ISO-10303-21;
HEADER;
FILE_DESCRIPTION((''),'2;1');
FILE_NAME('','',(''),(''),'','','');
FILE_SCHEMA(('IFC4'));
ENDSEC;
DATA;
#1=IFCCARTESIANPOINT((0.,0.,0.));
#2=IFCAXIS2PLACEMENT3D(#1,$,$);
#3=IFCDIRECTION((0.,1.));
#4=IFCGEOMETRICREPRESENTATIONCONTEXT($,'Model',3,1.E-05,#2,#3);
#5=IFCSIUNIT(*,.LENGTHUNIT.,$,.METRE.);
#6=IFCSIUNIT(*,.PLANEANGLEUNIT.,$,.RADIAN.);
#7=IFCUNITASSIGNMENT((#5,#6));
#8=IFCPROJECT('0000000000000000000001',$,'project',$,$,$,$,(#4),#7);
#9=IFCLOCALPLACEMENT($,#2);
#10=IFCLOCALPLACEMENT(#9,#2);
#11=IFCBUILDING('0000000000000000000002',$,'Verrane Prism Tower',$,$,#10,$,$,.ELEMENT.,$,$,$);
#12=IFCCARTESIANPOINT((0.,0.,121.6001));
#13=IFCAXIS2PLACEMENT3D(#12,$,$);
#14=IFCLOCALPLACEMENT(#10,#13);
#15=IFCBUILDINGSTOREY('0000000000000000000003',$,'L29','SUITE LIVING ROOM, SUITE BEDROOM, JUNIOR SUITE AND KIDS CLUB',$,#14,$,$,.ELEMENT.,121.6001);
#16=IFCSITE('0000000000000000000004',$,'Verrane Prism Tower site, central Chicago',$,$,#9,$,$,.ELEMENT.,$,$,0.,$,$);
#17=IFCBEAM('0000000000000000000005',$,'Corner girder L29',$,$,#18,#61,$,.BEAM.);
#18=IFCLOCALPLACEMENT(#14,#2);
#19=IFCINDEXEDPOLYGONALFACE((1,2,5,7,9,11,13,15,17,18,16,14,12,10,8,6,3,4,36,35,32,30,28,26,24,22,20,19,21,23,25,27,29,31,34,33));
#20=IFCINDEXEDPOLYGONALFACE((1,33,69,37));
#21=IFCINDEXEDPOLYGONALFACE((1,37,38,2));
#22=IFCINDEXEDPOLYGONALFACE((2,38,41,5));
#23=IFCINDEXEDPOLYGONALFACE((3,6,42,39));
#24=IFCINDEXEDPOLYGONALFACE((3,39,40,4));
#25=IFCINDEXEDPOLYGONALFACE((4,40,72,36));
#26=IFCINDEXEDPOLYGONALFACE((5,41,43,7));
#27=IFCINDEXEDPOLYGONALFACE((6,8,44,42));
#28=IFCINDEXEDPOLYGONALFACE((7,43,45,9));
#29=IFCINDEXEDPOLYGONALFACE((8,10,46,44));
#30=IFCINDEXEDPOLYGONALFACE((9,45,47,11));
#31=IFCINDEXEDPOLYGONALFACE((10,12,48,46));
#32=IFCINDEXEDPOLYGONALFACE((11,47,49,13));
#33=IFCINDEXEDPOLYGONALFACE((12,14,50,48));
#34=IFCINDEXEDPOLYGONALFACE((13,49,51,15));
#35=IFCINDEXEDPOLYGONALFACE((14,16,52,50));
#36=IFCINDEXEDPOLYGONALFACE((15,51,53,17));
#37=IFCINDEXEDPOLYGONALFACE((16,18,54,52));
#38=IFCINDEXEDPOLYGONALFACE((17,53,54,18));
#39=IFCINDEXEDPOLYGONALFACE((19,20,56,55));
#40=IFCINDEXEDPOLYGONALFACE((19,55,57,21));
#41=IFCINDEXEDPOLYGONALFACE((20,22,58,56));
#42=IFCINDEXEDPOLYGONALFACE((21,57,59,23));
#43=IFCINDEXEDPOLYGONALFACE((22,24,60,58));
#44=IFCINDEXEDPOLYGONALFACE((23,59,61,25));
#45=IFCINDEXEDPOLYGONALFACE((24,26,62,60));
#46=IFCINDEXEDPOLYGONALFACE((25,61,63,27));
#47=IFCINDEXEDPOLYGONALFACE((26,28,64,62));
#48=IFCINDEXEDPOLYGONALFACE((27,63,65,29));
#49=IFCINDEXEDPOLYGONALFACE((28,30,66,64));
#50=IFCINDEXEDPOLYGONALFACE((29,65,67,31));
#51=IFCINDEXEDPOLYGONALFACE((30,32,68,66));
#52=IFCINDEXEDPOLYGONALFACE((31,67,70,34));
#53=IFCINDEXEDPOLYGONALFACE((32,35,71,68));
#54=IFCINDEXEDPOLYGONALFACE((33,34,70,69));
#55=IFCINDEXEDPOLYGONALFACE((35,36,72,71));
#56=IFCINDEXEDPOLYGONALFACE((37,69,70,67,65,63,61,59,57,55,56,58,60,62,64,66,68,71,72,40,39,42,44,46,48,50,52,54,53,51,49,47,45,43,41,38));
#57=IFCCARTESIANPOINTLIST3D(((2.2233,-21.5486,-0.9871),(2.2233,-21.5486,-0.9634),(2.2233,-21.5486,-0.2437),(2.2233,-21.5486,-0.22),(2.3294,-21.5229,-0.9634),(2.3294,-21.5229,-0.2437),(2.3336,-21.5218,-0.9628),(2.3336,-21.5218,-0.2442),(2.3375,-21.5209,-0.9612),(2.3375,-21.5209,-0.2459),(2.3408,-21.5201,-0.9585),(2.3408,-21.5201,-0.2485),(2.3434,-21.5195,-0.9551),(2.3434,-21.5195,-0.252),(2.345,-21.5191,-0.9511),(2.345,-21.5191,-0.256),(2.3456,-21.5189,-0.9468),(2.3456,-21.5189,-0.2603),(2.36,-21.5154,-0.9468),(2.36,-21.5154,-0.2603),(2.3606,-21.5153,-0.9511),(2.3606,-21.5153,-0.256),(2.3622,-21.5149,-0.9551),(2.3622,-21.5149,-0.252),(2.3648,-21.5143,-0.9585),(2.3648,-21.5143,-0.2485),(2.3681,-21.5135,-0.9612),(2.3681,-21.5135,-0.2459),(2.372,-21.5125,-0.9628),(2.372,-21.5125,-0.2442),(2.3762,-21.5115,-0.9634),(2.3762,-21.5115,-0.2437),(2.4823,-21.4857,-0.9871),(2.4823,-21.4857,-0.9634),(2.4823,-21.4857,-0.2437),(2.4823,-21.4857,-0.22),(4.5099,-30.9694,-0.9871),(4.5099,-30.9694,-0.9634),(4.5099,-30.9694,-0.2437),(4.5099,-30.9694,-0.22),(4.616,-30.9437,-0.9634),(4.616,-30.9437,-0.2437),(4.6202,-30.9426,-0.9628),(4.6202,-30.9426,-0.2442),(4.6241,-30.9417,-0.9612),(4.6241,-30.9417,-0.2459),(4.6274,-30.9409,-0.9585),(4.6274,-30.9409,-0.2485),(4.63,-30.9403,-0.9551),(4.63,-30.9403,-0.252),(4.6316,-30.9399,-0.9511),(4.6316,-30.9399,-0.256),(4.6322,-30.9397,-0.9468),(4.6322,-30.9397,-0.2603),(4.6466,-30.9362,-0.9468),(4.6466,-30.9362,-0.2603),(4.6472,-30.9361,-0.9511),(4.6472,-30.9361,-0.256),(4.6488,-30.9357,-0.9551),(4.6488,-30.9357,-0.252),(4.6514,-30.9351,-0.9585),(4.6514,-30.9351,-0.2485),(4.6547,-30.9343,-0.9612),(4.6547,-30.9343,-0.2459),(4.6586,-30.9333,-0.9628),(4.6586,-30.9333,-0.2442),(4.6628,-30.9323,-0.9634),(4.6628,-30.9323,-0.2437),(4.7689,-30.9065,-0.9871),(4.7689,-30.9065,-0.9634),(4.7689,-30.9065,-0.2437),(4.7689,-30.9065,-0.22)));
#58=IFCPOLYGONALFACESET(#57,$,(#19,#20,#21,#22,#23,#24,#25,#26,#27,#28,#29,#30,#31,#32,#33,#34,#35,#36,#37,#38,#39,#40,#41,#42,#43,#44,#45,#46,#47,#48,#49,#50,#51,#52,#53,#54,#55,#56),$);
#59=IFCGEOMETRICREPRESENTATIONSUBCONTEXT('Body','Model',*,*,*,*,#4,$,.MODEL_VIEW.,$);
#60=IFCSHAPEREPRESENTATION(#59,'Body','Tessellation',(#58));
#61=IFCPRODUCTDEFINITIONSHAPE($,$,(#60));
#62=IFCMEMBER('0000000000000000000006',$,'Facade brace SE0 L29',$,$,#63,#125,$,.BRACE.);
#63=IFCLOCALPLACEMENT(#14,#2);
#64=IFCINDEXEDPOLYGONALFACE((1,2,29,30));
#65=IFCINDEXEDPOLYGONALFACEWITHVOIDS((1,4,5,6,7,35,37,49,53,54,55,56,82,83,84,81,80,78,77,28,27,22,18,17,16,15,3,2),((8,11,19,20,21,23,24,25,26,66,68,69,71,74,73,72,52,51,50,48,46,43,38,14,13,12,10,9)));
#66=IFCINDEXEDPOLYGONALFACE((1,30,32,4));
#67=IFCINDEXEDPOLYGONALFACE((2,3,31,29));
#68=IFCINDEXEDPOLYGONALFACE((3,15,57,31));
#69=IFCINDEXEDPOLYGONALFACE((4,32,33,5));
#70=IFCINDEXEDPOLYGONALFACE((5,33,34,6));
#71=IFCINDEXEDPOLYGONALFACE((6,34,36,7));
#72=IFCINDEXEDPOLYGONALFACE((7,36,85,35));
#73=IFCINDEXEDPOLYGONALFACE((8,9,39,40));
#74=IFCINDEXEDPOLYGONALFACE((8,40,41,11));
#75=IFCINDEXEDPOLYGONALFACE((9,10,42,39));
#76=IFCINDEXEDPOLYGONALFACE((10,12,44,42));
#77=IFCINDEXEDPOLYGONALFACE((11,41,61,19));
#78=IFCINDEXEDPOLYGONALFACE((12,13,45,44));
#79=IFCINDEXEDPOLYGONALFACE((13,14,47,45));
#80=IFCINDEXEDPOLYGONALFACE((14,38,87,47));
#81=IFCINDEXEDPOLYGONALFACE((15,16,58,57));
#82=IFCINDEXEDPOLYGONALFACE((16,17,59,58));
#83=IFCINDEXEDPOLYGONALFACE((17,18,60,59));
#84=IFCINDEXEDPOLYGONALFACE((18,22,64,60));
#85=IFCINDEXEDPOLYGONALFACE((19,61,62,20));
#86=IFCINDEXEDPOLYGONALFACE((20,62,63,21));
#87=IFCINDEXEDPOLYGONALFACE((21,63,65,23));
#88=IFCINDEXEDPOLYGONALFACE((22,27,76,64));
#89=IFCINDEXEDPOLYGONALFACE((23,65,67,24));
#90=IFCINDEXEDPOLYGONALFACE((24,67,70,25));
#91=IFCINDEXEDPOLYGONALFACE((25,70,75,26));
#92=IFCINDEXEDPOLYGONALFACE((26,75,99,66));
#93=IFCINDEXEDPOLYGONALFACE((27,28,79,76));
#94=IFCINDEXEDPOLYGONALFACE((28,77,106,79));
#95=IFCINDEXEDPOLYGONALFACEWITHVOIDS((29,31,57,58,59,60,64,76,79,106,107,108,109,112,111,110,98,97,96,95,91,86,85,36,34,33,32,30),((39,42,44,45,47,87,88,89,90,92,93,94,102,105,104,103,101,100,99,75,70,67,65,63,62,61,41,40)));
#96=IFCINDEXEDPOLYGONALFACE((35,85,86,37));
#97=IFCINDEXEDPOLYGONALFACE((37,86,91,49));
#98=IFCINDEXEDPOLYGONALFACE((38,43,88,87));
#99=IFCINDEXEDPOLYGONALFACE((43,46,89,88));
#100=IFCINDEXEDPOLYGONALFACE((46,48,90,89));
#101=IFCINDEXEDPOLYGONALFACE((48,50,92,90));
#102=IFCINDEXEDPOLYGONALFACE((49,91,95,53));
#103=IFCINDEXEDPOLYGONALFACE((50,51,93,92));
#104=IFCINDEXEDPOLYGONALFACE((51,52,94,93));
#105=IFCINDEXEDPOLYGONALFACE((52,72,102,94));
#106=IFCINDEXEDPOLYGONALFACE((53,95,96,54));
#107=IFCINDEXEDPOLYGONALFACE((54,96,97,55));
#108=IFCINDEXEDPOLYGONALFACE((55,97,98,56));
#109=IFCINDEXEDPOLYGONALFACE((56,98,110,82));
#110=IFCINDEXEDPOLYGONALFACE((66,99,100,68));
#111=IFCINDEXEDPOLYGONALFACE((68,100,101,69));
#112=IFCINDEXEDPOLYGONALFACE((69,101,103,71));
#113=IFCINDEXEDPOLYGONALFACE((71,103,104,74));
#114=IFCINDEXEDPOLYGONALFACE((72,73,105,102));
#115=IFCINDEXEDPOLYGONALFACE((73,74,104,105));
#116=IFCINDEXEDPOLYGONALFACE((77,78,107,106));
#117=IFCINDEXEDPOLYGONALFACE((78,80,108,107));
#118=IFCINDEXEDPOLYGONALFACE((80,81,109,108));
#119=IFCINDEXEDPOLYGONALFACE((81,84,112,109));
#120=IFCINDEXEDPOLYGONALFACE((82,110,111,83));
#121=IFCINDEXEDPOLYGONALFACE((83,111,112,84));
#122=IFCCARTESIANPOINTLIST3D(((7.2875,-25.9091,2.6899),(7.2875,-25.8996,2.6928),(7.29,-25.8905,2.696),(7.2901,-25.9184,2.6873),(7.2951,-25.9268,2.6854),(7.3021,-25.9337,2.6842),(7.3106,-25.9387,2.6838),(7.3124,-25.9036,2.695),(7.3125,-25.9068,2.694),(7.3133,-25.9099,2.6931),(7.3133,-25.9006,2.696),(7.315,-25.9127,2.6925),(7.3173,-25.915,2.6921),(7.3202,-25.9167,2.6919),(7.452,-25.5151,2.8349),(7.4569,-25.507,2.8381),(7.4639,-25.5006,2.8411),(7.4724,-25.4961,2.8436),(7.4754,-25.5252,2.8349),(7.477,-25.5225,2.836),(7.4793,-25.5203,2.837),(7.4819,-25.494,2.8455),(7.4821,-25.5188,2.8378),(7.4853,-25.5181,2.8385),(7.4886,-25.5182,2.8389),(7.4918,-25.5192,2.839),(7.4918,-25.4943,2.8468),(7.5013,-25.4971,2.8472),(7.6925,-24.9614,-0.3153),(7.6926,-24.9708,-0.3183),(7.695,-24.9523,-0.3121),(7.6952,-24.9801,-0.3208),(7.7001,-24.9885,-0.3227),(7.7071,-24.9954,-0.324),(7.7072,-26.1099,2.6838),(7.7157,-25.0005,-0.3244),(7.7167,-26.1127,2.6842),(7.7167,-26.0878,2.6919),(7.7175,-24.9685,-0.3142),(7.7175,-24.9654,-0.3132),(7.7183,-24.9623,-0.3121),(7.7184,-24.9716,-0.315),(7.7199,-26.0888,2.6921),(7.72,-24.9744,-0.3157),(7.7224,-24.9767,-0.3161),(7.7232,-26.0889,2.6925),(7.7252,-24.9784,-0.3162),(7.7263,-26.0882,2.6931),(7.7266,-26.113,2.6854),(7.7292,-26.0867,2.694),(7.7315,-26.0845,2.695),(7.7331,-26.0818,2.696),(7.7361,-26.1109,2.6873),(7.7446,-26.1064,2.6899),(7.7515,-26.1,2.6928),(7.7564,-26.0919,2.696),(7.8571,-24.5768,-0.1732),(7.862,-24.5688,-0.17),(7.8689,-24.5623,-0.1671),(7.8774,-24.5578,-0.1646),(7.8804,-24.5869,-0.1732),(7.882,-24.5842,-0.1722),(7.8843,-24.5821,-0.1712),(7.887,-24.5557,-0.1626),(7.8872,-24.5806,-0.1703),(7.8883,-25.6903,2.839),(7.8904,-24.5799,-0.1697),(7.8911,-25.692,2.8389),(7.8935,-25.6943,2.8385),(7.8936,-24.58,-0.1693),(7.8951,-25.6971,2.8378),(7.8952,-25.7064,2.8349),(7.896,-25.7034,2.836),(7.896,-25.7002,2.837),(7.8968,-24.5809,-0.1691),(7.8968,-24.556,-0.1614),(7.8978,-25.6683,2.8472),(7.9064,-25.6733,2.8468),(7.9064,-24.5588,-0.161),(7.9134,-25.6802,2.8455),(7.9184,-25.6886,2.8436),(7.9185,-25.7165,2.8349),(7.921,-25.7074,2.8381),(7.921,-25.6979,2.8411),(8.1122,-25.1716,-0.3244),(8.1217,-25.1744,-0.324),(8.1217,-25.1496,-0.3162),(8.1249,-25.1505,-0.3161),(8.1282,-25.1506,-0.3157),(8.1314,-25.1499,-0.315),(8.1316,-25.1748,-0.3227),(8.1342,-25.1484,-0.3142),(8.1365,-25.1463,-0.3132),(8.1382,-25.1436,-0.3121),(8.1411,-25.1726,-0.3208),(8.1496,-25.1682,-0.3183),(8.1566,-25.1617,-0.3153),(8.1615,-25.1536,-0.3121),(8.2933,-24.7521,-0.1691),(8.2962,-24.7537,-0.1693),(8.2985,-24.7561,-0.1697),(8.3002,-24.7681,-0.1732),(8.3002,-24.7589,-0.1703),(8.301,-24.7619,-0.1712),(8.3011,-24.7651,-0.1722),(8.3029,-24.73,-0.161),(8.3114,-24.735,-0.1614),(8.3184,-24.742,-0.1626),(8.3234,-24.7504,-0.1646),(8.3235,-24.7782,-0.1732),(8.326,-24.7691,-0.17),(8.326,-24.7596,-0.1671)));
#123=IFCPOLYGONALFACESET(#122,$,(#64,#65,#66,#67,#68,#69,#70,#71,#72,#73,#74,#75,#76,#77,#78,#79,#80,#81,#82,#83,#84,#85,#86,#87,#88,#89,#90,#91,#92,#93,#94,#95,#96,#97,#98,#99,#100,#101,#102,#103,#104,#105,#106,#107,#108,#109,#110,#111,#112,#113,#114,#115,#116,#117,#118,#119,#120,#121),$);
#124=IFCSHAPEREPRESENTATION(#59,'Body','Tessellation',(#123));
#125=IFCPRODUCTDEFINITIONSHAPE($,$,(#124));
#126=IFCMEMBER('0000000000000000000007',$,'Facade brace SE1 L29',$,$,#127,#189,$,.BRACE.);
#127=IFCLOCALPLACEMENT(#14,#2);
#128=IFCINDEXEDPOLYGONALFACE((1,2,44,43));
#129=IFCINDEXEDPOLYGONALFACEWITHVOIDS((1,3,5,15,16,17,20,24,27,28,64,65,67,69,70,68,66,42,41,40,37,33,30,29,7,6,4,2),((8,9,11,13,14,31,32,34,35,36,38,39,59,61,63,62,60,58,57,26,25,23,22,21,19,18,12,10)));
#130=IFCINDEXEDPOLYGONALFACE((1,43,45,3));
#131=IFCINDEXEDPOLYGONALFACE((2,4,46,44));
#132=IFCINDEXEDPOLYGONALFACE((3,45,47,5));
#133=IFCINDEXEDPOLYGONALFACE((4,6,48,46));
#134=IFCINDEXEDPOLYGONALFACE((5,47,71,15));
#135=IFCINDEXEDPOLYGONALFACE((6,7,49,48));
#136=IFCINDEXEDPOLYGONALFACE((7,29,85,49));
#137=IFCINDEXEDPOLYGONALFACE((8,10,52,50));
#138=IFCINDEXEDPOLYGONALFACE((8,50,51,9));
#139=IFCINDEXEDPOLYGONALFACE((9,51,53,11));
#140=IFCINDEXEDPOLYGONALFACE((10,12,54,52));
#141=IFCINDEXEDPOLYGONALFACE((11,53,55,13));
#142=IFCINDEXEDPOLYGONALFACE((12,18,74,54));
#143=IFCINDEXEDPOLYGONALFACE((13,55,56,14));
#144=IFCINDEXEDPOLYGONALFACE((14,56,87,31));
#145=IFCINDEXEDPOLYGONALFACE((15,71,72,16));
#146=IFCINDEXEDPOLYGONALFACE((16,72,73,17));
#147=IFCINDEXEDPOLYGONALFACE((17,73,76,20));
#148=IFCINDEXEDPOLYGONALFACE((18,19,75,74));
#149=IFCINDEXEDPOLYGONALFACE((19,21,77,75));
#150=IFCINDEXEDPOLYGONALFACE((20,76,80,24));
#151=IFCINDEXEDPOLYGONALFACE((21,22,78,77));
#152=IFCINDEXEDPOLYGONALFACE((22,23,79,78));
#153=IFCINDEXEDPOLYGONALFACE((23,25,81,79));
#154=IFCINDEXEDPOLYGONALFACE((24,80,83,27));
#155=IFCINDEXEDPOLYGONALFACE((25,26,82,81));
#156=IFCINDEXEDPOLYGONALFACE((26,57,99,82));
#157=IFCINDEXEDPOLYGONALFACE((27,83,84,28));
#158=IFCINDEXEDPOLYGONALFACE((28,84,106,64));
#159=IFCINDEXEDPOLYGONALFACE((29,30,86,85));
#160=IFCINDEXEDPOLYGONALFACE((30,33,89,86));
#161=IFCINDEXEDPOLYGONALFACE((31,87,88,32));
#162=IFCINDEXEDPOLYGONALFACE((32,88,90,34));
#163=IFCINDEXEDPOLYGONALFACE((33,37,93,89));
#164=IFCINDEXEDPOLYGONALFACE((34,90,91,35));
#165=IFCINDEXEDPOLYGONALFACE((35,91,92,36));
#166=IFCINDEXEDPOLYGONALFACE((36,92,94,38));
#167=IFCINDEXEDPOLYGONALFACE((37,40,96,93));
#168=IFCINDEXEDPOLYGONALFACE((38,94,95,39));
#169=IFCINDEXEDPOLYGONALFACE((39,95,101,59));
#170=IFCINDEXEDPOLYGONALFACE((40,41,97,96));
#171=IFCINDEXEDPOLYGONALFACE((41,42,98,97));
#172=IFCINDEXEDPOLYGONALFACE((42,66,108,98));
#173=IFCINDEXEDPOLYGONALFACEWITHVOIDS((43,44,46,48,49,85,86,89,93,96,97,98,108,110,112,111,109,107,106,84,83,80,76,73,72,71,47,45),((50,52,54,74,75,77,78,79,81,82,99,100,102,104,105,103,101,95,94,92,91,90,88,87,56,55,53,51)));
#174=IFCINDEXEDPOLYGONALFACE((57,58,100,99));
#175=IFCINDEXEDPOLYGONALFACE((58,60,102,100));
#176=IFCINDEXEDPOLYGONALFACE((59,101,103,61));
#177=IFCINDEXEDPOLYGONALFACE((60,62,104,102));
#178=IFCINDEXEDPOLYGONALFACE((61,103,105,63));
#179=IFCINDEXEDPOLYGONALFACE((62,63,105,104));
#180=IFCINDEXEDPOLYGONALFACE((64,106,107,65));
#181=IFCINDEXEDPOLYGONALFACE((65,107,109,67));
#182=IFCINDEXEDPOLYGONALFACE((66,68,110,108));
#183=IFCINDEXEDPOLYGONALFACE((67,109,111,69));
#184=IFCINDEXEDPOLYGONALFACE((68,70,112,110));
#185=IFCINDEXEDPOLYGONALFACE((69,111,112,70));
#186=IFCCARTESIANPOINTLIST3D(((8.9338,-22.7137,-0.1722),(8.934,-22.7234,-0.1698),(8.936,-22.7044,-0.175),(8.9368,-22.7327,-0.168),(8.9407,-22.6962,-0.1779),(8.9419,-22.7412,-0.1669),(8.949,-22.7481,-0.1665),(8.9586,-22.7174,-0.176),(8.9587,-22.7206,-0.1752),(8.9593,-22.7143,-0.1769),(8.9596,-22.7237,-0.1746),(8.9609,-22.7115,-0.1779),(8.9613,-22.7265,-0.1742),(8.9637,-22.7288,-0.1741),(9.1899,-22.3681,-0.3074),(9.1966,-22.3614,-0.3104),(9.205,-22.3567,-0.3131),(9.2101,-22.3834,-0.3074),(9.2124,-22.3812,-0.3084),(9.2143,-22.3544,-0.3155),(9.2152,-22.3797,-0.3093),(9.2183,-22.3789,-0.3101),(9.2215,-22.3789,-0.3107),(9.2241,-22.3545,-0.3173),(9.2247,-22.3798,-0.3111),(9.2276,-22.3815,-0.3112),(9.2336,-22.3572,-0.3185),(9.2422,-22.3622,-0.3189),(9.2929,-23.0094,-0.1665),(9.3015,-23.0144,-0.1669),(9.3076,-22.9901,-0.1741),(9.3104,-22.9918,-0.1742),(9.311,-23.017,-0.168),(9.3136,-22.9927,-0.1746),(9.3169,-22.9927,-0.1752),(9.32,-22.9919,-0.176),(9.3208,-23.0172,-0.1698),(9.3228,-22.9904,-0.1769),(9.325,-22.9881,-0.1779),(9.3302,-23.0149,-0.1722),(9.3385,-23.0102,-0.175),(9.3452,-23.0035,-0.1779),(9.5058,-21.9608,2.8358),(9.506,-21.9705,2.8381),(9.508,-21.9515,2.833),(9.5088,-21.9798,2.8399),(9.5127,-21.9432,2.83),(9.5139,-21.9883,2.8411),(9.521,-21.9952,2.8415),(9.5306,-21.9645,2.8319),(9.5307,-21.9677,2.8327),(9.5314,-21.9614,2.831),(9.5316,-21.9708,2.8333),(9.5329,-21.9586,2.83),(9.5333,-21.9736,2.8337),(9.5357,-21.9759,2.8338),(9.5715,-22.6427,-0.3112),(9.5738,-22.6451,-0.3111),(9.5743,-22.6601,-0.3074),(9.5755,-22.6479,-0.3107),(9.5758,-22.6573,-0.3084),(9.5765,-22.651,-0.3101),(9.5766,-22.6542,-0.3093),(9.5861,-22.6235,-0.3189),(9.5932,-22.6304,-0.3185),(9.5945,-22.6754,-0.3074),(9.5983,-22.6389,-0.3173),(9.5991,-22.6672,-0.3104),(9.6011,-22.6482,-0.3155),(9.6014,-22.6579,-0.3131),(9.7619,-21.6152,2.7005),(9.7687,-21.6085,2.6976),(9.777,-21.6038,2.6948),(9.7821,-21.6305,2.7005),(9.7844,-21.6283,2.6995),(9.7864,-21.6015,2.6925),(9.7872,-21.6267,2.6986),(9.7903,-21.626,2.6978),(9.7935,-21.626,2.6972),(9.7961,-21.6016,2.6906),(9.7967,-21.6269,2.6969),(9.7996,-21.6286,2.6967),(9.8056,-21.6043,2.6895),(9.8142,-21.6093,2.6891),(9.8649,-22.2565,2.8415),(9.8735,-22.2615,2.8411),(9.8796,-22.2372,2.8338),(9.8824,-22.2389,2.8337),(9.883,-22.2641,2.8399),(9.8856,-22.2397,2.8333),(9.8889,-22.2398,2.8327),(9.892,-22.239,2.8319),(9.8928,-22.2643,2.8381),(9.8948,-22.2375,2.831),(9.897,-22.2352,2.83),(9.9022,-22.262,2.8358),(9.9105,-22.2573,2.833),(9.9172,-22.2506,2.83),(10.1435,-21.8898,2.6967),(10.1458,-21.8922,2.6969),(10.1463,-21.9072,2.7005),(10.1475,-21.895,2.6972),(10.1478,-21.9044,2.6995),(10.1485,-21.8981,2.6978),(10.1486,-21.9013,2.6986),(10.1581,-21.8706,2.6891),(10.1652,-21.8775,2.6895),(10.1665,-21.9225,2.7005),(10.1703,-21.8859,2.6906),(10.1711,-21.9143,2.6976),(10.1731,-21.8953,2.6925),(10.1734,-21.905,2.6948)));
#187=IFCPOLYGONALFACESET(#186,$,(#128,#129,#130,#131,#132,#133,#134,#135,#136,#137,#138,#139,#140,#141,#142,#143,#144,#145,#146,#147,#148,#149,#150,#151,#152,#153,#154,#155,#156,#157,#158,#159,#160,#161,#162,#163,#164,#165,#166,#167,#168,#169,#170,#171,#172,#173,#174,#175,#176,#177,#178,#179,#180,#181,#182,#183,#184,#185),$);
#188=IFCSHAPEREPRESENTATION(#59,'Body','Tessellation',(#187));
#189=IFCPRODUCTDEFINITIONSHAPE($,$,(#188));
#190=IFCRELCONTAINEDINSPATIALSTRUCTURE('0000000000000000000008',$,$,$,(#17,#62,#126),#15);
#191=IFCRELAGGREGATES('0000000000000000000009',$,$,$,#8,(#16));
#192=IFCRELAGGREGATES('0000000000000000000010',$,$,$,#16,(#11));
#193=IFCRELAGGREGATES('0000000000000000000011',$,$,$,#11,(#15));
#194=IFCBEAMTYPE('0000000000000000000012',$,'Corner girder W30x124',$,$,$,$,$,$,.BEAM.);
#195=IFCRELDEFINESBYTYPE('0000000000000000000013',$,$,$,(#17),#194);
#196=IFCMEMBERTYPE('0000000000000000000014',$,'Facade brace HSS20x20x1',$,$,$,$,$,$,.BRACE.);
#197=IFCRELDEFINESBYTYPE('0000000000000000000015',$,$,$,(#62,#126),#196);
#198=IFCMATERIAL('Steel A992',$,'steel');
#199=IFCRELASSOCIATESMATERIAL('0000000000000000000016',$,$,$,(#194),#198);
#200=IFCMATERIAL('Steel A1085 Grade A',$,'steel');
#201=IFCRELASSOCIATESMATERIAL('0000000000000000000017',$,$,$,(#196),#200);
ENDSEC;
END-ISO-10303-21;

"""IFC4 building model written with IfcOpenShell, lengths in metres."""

from ifc_helpers import new_model, si_unit, direction, frame, origin, origin_2d, place, context, subcontext, project, spatial, hollow_rectangle, i_section, extrude, material, material_profile, profile_set, type_object, element, save


model = new_model("IFC4")

# Units and contexts
model_context = context("Model", 3, precision=1e-05, world=origin(), true_north=direction((0.0, 1.0)))
body_context = subcontext(model_context, "Body", "Model", "MODEL_VIEW")
ifc_project = project(units=[si_unit("LENGTHUNIT", "METRE"), si_unit("PLANEANGLEUNIT", "RADIAN")], contexts=[model_context])

# Site, building, storey
site_placement = place(None, origin())
site = spatial("IfcSite", under=ifc_project, at=site_placement, Name="Verrane Prism Tower site, central Chicago", CompositionType="ELEMENT", RefElevation=0.0)
building_placement = place(site_placement, origin())
building = spatial("IfcBuilding", under=site, at=building_placement, Name="Verrane Prism Tower", CompositionType="ELEMENT")
storey_placement = place(building_placement, frame((0.0, 0.0, 121.6001)))
storey = spatial("IfcBuildingStorey", under=building, at=storey_placement, Name="L29", Description="SUITE LIVING ROOM, SUITE BEDROOM, JUNIOR SUITE AND KIDS CLUB", CompositionType="ELEMENT", Elevation=121.6001)

# Beam
ifc_material_1 = material(Name="Steel A992", Category="steel")
ifc_material_profile_1 = material_profile(ifc_material_1, i_section(OverallWidth=0.2666, OverallDepth=0.7671, WebThickness=0.0149, FlangeThickness=0.0237, FilletRadius=0.0166, at=origin_2d()), Name="W30x124")
ifc_profile_set_1 = profile_set([ifc_material_profile_1], Name="Steel A992")
beam_type_1 = type_object("IfcBeamType", Name="Corner girder W30x124", PredefinedType="BEAM", material=ifc_profile_set_1)
beam_1_placement = place(storey_placement, frame((4.6394, -30.938, -0.6035), z_axis=(-0.23587, 0.971785, 0.0), x_axis=(-0.971785, -0.23587, 0.0)))
element("IfcBeam", 1, at=beam_1_placement, inside=storey, type_object=beam_type_1, Name="Corner girder L29", PredefinedType="BEAM", context=body_context, shape_type="SweptSolid", body=[
    extrude(i_section(OverallWidth=0.2666, OverallDepth=0.7671, WebThickness=0.0149, FlangeThickness=0.0237, FilletRadius=0.0166, at=origin_2d()), origin(), (0.0, 0.0, 1.0), 9.6943),
])

# Members
ifc_material_2 = material(Name="Steel A1085 Grade A", Category="steel")
ifc_material_profile_2 = material_profile(ifc_material_2, hollow_rectangle(XDim=0.5081, YDim=0.5081, WallThickness=0.0254, InnerFilletRadius=0.0127, OuterFilletRadius=0.0381, at=origin_2d()), Name="HSS20x20x1")
ifc_profile_set_2 = profile_set([ifc_material_profile_2], Name="Steel A1085 Grade A")
member_type_1 = type_object("IfcMemberType", Name="Facade brace HSS20x20x1", PredefinedType="BRACE", material=ifc_profile_set_2)
member_1_placement = place(storey_placement, frame((8.0093, -24.8652, -0.2427), z_axis=(-0.127492, -0.295329, 0.946851), x_axis=(0.918104, -0.39634, 0.0)))
element("IfcMember", 2, at=member_1_placement, inside=storey, type_object=member_type_1, Name="Facade brace SE0 L29", PredefinedType="BRACE", context=body_context, shape_type="SweptSolid", body=[
    extrude(hollow_rectangle(XDim=0.5081, YDim=0.5081, WallThickness=0.0254, InnerFilletRadius=0.0127, OuterFilletRadius=0.0381, at=origin_2d()), origin(), (0.0, 0.0, 1.0), 3.177),
])
member_2_placement = place(storey_placement, frame((9.2676, -22.6858, -0.2427), z_axis=(0.181411, 0.238785, 0.953977), x_axis=(-0.796267, 0.604946, 0.0)))
element("IfcMember", 3, at=member_2_placement, inside=storey, type_object=member_type_1, Name="Facade brace SE1 L29", PredefinedType="BRACE", context=body_context, shape_type="SweptSolid", body=[
    extrude(hollow_rectangle(XDim=0.5081, YDim=0.5081, WallThickness=0.0254, InnerFilletRadius=0.0127, OuterFilletRadius=0.0381, at=origin_2d()), origin(), (0.0, 0.0, 1.0), 3.1531),
])

save(model, "model.ifc")
